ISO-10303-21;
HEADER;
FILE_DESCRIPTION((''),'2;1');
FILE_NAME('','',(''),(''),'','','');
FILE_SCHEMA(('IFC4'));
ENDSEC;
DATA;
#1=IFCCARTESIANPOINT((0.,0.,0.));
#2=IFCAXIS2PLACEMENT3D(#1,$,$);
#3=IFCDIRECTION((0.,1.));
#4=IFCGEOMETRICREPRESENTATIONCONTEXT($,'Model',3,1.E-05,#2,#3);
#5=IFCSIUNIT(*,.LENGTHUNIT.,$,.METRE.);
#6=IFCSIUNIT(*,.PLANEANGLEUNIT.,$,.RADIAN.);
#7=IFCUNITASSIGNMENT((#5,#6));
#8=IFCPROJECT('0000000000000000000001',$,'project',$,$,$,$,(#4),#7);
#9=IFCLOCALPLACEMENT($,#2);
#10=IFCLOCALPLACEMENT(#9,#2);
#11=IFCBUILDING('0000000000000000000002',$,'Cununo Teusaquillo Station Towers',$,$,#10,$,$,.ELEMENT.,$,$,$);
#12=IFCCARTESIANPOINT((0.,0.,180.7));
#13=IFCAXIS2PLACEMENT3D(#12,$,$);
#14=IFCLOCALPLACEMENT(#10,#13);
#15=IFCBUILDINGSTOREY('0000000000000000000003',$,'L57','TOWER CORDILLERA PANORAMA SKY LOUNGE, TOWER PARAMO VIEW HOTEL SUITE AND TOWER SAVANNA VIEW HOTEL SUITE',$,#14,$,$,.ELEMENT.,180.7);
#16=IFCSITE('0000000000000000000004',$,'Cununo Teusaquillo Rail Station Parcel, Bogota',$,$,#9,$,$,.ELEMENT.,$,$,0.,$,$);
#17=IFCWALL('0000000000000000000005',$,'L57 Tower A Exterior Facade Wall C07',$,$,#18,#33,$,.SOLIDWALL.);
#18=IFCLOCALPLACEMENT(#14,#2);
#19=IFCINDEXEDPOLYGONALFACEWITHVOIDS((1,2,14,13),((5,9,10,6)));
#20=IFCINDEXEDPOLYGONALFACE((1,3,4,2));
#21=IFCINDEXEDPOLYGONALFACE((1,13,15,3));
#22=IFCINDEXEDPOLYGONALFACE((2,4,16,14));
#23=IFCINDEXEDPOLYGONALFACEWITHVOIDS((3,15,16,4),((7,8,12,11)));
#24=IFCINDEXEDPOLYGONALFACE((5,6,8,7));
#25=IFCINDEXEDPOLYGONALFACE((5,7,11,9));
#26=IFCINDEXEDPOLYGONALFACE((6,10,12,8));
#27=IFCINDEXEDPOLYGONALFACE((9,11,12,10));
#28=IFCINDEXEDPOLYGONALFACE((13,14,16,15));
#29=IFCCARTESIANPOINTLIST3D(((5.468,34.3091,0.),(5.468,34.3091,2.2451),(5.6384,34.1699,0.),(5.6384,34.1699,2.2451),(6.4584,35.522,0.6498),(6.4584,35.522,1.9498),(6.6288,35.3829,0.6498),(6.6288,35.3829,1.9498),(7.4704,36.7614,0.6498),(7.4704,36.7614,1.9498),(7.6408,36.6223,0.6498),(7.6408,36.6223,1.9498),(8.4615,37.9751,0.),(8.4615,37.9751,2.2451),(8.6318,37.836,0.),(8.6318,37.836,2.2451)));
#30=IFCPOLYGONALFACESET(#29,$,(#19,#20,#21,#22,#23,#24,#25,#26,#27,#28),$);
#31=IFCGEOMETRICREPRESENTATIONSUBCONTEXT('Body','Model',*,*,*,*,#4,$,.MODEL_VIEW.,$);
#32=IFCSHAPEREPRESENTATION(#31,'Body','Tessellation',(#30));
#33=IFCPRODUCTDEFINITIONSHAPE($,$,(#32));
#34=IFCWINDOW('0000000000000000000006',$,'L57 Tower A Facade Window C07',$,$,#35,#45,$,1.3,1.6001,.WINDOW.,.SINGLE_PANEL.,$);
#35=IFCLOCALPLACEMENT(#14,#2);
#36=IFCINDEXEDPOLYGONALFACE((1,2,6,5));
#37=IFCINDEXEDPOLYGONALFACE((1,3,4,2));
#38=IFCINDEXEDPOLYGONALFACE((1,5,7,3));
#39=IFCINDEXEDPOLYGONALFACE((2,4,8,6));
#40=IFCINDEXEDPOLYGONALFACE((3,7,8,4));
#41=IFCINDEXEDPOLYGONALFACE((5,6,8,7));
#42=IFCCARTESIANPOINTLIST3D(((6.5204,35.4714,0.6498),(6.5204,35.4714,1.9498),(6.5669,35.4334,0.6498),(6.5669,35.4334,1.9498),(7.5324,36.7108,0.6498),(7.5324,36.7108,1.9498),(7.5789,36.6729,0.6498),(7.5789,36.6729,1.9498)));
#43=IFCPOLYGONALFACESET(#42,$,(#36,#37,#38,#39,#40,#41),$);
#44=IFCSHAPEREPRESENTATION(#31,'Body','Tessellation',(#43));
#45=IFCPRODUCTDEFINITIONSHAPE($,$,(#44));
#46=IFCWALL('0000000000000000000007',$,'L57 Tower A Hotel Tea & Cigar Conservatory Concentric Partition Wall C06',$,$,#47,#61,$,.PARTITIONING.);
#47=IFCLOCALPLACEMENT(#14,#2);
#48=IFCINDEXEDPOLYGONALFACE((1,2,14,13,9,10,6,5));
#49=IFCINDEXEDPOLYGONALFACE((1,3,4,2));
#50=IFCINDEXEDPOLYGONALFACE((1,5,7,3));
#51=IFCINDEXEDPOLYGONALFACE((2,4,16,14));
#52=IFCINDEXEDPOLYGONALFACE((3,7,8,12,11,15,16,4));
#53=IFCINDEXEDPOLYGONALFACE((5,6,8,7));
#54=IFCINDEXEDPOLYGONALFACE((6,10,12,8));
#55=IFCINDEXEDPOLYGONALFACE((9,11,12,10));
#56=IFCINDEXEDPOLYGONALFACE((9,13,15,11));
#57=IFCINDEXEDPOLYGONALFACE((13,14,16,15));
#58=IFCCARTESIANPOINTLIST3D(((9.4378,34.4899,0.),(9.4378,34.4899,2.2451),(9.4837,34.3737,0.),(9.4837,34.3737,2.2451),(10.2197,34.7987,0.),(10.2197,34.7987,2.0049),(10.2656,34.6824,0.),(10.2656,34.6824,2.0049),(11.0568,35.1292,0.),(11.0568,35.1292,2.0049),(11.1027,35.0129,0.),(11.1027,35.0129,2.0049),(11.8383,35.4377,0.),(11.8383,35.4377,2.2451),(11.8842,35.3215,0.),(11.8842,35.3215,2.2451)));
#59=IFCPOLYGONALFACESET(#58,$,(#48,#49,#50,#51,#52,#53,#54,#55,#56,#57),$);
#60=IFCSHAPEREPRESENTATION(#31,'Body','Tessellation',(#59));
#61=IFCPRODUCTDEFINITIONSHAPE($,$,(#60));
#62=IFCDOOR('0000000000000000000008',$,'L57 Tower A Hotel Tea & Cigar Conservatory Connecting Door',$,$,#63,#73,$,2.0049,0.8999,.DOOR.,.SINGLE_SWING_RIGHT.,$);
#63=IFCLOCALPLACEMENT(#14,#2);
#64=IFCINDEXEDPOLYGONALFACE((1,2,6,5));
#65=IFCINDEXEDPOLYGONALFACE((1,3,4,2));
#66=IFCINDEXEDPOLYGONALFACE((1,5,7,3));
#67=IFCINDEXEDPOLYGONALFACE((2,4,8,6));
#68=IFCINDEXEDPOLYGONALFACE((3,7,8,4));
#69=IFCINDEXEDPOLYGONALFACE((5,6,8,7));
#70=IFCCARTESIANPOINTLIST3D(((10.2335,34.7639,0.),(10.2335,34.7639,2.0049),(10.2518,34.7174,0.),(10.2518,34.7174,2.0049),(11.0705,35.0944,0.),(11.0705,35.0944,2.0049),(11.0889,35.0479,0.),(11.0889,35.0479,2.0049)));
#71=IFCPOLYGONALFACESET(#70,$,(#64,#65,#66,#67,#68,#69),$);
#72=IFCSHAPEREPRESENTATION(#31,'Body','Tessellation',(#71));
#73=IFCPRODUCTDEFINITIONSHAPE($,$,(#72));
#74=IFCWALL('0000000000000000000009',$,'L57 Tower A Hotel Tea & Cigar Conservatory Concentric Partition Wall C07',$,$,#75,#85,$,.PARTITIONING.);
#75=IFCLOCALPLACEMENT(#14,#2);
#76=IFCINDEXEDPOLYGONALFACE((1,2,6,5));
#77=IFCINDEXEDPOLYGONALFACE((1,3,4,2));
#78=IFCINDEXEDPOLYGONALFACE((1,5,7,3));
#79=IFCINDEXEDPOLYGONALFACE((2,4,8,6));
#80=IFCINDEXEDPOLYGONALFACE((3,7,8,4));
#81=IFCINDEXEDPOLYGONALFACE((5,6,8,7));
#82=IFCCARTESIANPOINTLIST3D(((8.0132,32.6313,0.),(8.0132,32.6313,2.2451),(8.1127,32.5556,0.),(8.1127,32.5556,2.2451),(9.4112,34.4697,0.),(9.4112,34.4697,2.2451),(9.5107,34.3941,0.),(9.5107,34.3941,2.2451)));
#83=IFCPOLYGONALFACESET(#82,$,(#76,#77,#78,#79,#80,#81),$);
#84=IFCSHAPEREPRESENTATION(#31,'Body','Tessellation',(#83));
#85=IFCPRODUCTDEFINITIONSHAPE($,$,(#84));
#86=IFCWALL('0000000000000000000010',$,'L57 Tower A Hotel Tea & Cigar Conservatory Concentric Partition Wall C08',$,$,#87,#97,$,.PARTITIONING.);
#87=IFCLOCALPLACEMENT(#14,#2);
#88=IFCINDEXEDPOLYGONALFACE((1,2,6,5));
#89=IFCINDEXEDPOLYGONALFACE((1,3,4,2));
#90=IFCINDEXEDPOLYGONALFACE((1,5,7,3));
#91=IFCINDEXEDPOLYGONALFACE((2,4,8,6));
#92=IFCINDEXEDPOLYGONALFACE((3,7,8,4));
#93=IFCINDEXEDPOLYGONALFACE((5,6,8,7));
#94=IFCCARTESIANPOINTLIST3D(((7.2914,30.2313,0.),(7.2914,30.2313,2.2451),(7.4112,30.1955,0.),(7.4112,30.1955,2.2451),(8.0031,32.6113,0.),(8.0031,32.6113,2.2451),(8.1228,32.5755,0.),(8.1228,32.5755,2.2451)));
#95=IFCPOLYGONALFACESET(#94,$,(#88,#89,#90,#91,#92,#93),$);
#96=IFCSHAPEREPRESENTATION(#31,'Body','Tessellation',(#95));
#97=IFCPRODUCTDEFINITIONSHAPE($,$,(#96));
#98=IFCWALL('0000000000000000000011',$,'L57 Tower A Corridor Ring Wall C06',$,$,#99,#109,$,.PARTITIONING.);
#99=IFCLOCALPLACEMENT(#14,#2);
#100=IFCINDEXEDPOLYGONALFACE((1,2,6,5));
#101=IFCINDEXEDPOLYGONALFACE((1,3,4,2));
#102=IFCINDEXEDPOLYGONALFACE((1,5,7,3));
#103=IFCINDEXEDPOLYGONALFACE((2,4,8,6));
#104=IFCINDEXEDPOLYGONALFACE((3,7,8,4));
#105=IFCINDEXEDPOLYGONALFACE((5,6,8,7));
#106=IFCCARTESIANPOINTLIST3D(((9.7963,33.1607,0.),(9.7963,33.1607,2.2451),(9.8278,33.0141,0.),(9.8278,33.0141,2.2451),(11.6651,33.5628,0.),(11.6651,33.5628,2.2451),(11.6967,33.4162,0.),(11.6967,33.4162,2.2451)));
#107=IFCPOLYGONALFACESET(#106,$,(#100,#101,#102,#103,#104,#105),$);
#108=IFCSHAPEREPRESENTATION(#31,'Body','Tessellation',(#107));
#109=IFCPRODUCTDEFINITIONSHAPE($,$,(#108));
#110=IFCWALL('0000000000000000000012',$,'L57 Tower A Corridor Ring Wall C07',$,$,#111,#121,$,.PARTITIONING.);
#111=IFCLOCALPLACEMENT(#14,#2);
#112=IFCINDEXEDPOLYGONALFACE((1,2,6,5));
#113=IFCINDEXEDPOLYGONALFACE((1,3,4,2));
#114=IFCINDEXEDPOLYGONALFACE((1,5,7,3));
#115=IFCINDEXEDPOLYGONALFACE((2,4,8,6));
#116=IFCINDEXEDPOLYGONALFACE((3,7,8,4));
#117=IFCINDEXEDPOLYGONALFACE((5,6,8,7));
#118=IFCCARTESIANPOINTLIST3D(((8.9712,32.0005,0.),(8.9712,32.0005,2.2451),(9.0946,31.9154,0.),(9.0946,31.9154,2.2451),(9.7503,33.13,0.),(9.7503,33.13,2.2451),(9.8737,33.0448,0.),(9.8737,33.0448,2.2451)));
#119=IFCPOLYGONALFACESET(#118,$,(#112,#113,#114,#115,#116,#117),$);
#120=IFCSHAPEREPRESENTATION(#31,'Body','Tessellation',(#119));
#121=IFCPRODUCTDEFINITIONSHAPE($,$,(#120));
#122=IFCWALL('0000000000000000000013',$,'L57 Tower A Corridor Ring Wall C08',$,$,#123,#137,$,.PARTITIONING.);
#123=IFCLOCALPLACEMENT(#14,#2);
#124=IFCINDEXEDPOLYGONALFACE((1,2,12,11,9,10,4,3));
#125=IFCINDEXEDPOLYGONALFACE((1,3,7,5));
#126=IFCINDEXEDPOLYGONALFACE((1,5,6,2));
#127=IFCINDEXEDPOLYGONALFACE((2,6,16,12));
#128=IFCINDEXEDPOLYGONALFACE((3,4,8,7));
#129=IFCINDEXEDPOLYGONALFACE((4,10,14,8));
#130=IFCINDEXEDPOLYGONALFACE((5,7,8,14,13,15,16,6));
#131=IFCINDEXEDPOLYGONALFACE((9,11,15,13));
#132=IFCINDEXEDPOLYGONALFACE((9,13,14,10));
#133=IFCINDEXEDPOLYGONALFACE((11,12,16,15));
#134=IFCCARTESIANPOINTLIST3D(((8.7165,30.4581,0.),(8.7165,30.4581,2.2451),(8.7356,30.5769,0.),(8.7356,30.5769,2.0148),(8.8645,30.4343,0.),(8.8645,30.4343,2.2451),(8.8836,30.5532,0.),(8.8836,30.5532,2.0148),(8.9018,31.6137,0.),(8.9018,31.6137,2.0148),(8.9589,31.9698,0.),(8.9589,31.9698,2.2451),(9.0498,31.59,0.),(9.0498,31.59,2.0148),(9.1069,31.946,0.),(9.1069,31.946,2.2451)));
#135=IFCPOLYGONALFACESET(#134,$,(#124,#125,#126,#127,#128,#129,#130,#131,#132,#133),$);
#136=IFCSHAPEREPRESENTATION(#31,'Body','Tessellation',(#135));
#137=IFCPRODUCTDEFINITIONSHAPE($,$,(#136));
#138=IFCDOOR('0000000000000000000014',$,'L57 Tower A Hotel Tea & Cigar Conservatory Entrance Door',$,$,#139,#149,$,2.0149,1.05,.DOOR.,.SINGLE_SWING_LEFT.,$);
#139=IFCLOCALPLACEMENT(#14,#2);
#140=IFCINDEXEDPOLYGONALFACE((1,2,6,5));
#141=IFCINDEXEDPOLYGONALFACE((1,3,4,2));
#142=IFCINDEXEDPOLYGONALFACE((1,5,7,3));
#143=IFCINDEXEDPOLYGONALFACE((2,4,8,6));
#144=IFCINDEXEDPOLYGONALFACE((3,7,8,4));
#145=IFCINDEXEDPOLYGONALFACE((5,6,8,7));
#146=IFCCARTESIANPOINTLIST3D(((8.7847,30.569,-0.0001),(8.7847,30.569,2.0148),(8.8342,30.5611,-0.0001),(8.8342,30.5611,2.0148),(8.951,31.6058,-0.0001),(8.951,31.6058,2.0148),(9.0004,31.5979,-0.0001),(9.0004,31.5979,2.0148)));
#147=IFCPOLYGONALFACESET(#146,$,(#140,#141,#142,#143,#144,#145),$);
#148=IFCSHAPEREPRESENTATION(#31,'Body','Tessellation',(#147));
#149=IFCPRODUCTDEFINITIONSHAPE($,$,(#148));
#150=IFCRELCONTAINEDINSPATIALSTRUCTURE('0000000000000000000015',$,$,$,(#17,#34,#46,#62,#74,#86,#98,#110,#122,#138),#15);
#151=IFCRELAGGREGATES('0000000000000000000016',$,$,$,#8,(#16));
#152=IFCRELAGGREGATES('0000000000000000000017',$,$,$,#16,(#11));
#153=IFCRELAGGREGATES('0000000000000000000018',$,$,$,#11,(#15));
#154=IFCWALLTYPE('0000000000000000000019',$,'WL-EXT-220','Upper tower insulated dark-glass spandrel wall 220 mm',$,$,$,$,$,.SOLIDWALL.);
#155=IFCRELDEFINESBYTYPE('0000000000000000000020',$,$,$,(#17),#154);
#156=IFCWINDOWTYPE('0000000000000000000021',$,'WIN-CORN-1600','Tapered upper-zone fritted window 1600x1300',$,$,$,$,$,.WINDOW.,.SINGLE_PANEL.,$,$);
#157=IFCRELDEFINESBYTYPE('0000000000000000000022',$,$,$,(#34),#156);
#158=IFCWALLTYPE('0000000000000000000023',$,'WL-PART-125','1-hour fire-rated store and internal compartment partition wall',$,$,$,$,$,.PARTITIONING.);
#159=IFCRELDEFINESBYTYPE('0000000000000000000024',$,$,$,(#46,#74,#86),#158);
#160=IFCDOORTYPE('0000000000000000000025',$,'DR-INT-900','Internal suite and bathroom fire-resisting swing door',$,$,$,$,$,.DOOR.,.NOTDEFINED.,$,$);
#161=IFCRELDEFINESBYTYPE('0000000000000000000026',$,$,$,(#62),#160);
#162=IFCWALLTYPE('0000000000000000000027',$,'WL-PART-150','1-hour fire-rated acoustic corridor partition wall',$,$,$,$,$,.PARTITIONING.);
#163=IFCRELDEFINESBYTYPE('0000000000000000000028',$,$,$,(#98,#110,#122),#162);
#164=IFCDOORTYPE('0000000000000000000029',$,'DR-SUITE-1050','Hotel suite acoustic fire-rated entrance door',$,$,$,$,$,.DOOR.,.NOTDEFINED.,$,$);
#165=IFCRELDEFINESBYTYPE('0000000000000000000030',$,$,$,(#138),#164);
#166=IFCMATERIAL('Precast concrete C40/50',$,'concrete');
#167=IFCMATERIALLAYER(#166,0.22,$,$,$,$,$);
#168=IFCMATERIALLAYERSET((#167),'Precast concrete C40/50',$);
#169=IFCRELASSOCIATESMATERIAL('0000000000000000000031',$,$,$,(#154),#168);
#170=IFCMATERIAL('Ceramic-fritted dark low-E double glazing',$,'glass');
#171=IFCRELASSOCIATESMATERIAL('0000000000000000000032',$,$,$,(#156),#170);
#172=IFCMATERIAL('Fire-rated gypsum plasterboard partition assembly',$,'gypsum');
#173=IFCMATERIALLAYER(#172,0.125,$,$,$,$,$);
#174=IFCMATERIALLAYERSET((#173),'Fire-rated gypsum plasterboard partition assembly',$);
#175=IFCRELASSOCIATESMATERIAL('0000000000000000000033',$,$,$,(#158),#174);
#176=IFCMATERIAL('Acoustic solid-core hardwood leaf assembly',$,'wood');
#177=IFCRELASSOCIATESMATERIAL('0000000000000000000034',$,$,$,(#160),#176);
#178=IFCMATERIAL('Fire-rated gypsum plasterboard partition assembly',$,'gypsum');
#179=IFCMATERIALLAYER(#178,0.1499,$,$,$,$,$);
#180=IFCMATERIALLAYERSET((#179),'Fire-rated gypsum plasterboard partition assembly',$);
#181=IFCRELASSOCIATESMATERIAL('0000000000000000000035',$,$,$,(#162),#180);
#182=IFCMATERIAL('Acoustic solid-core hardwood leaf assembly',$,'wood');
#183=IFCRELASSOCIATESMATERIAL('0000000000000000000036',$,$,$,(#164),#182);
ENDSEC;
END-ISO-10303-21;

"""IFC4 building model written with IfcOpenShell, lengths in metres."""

from ifc_helpers import new_model, si_unit, direction, frame, frame_2d, origin, place, context, subcontext, project, spatial, rectangle, extrude, source, transform, mapped, material, layer, layer_set, type_object, element, fill, save


model = new_model("IFC4")

# Units and contexts
model_context = context("Model", 3, precision=1e-05, world=origin(), true_north=direction((0.0, 1.0)))
body_context = subcontext(model_context, "Body", "Model", "MODEL_VIEW")
ifc_project = project(units=[si_unit("LENGTHUNIT", "METRE"), si_unit("PLANEANGLEUNIT", "RADIAN")], contexts=[model_context])

# Site, building, storey
site_placement = place(None, origin())
site = spatial("IfcSite", under=ifc_project, at=site_placement, Name="Cununo Teusaquillo Rail Station Parcel, Bogota", CompositionType="ELEMENT", RefElevation=0.0)
building_placement = place(site_placement, origin())
building = spatial("IfcBuilding", under=site, at=building_placement, Name="Cununo Teusaquillo Station Towers", CompositionType="ELEMENT")
storey_placement = place(building_placement, frame((0.0, 0.0, 180.7)))
storey = spatial("IfcBuildingStorey", under=building, at=storey_placement, Name="L57", Description="TOWER CORDILLERA PANORAMA SKY LOUNGE, TOWER PARAMO VIEW HOTEL SUITE AND TOWER SAVANNA VIEW HOTEL SUITE", CompositionType="ELEMENT", Elevation=180.7)

# Shared definitions
ifc_material_1 = material(Name="Precast concrete C40/50", Category="concrete")
ifc_layer_1 = layer(ifc_material_1, 0.22)
ifc_layer_set_1 = layer_set([ifc_layer_1], Name="Precast concrete C40/50")
wall_type_1 = type_object("IfcWallType", Name="WL-EXT-220", Description="Upper tower insulated dark-glass spandrel wall 220 mm", PredefinedType="SOLIDWALL", material=ifc_layer_set_1)

# Wall, opening, window
wall_1_placement = place(storey_placement, frame((5.5532, 34.2395, 0.0), z_axis=(0.0, 0.0, 1.0), x_axis=(0.632471, 0.774584, 0.0)))
wall_1 = element("IfcWall", 1, at=wall_1_placement, inside=storey, type_object=wall_type_1, Name="L57 Tower A Exterior Facade Wall C07", PredefinedType="SOLIDWALL", context=body_context, shape_type="SweptSolid", body=[
    extrude(rectangle(XDim=4.7329, YDim=0.22, at=frame_2d((2.3665, 0.0))), origin(), (0.0, 0.0, 1.0), 2.2451),
])
shared_shape_1 = source(origin(), body_context, "Body", "SweptSolid", [
    extrude(rectangle(XDim=1.6001, YDim=1.3, at=frame_2d((0.8, 0.6499))), frame((0.0, 0.1199, 0.0), z_axis=(0.0, -1.0, 0.0), x_axis=(1.0, 0.0, 0.0)), (0.0, 0.0, 1.0), 0.24),
])
opening_1_placement = place(wall_1_placement, frame((1.5659, 0.0, 0.6499)))
opening_1 = element("IfcOpeningElement", 2, at=opening_1_placement, cuts=wall_1, PredefinedType="OPENING", context=body_context, shape_type="MappedRepresentation", body=[
    mapped(shared_shape_1, transform((0.0, 0.0, 0.0), x_axis=(1.0, 0.0, 0.0), y_axis=(0.0, 1.0, 0.0), z_axis=(0.0, 0.0, 1.0), scale=1.0)),
])
ifc_material_2 = material(Name="Ceramic-fritted dark low-E double glazing", Category="glass")
window_type = type_object("IfcWindowType", Name="WIN-CORN-1600", Description="Tapered upper-zone fritted window 1600x1300", PartitioningType="SINGLE_PANEL", PredefinedType="WINDOW", material=ifc_material_2)
shared_shape_2 = source(origin(), body_context, "Body", "SweptSolid", [
    extrude(rectangle(XDim=1.6001, YDim=1.3, at=frame_2d((0.8, 0.6499))), frame((0.0, 0.03, 0.0), z_axis=(0.0, -1.0, 0.0), x_axis=(1.0, 0.0, 0.0)), (0.0, 0.0, 1.0), 0.0601),
])
window_placement = place(opening_1_placement, origin())
window = element("IfcWindow", 3, at=window_placement, inside=storey, type_object=window_type, Name="L57 Tower A Facade Window C07", OverallHeight=1.3, OverallWidth=1.6001, PartitioningType="SINGLE_PANEL", PredefinedType="WINDOW", context=body_context, shape_type="MappedRepresentation", body=[
    mapped(shared_shape_2, transform((0.0, 0.0, 0.0), x_axis=(1.0, 0.0, 0.0), y_axis=(0.0, 1.0, 0.0), z_axis=(0.0, 0.0, 1.0), scale=1.0)),
])
fill(opening_1, window)

# Wall, opening, door
ifc_material_3 = material(Name="Fire-rated gypsum plasterboard partition assembly", Category="gypsum")
ifc_layer_2 = layer(ifc_material_3, 0.125)
ifc_layer_set_2 = layer_set([ifc_layer_2], Name="Fire-rated gypsum plasterboard partition assembly")
wall_type_2 = type_object("IfcWallType", Name="WL-PART-125", Description="1-hour fire-rated store and internal compartment partition wall", PredefinedType="PARTITIONING", material=ifc_layer_set_2)
wall_2_placement = place(storey_placement, frame((11.8613, 35.3796, 0.0), z_axis=(0.0, 0.0, 1.0), x_axis=(-0.930125, -0.367244, 0.0)))
wall_2 = element("IfcWall", 4, at=wall_2_placement, inside=storey, type_object=wall_type_2, Name="L57 Tower A Hotel Tea & Cigar Conservatory Concentric Partition Wall C06", PredefinedType="PARTITIONING", context=body_context, shape_type="SweptSolid", body=[
    extrude(rectangle(XDim=2.5808, YDim=0.125, at=frame_2d((1.2905, 0.0))), origin(), (0.0, 0.0, 1.0), 2.2451),
])
shared_shape_3 = source(origin(), body_context, "Body", "SweptSolid", [
    extrude(rectangle(XDim=0.8999, YDim=2.0049, at=frame_2d((0.45, 1.0024))), frame((0.0, 0.0725, 0.0), z_axis=(0.0, -1.0, 0.0), x_axis=(1.0, 0.0, 0.0)), (0.0, 0.0, 1.0), 0.145),
])
opening_2_placement = place(wall_2_placement, frame((0.8403, 0.0, 0.0)))
opening_2 = element("IfcOpeningElement", 5, at=opening_2_placement, cuts=wall_2, PredefinedType="OPENING", context=body_context, shape_type="MappedRepresentation", body=[
    mapped(shared_shape_3, transform((0.0, 0.0, 0.0), x_axis=(1.0, 0.0, 0.0), y_axis=(0.0, 1.0, 0.0), z_axis=(0.0, 0.0, 1.0), scale=1.0)),
])
ifc_material_4 = material(Name="Acoustic solid-core hardwood leaf assembly", Category="wood")
door_type_1 = type_object("IfcDoorType", Name="DR-INT-900", Description="Internal suite and bathroom fire-resisting swing door", OperationType="NOTDEFINED", PredefinedType="DOOR", material=ifc_material_4)
shared_shape_4 = source(origin(), body_context, "Body", "SweptSolid", [
    extrude(rectangle(XDim=0.8999, YDim=2.0049, at=frame_2d((0.45, 1.0024))), frame((0.0, 0.0249, 0.0), z_axis=(0.0, -1.0, 0.0), x_axis=(1.0, 0.0, 0.0)), (0.0, 0.0, 1.0), 0.05),
])
door_1_placement = place(opening_2_placement, origin())
door_1 = element("IfcDoor", 6, at=door_1_placement, inside=storey, type_object=door_type_1, Name="L57 Tower A Hotel Tea & Cigar Conservatory Connecting Door", OperationType="SINGLE_SWING_RIGHT", OverallHeight=2.0049, OverallWidth=0.8999, PredefinedType="DOOR", context=body_context, shape_type="MappedRepresentation", body=[
    mapped(shared_shape_4, transform((0.0, 0.0, 0.0), x_axis=(1.0, 0.0, 0.0), y_axis=(0.0, 1.0, 0.0), z_axis=(0.0, 0.0, 1.0), scale=1.0)),
])
fill(opening_2, door_1)

# Walls
wall_3_placement = place(storey_placement, frame((9.4609, 34.4319, 0.0), z_axis=(0.0, 0.0, 1.0), x_axis=(-0.605298, -0.795999, 0.0)))
element("IfcWall", 7, at=wall_3_placement, inside=storey, type_object=wall_type_2, Name="L57 Tower A Hotel Tea & Cigar Conservatory Concentric Partition Wall C07", PredefinedType="PARTITIONING", context=body_context, shape_type="SweptSolid", body=[
    extrude(rectangle(XDim=2.3096, YDim=0.125, at=frame_2d((1.1548, 0.0))), origin(), (0.0, 0.0, 1.0), 2.2451),
])
wall_4_placement = place(storey_placement, frame((8.063, 32.5935, 0.0), z_axis=(0.0, 0.0, 1.0), x_axis=(-0.286473, -0.958088, 0.0)))
element("IfcWall", 8, at=wall_4_placement, inside=storey, type_object=wall_type_2, Name="L57 Tower A Hotel Tea & Cigar Conservatory Concentric Partition Wall C08", PredefinedType="PARTITIONING", context=body_context, shape_type="SweptSolid", body=[
    extrude(rectangle(XDim=2.4841, YDim=0.125, at=frame_2d((1.2422, 0.0))), origin(), (0.0, 0.0, 1.0), 2.2451),
])
ifc_material_5 = material(Name="Fire-rated gypsum plasterboard partition assembly", Category="gypsum")
ifc_layer_3 = layer(ifc_material_5, 0.1499)
ifc_layer_set_3 = layer_set([ifc_layer_3], Name="Fire-rated gypsum plasterboard partition assembly")
wall_type_3 = type_object("IfcWallType", Name="WL-PART-150", Description="1-hour fire-rated acoustic corridor partition wall", PredefinedType="PARTITIONING", material=ifc_layer_set_3)
wall_5_placement = place(storey_placement, frame((11.6809, 33.4895, 0.0), z_axis=(0.0, 0.0, 1.0), x_axis=(-0.977628, -0.21034, 0.0)))
element("IfcWall", 9, at=wall_5_placement, inside=storey, type_object=wall_type_3, Name="L57 Tower A Corridor Ring Wall C06", PredefinedType="PARTITIONING", context=body_context, shape_type="SweptSolid", body=[
    extrude(rectangle(XDim=1.9116, YDim=0.1499, at=frame_2d((0.9558, 0.0))), origin(), (0.0, 0.0, 1.0), 2.2451),
])
wall_6_placement = place(storey_placement, frame((9.812, 33.0874, 0.0), z_axis=(0.0, 0.0, 1.0), x_axis=(-0.567812, -0.823158, 0.0)))
element("IfcWall", 10, at=wall_6_placement, inside=storey, type_object=wall_type_3, Name="L57 Tower A Corridor Ring Wall C07", PredefinedType="PARTITIONING", context=body_context, shape_type="SweptSolid", body=[
    extrude(rectangle(XDim=1.3721, YDim=0.1499, at=frame_2d((0.686, 0.0))), origin(), (0.0, 0.0, 1.0), 2.2451),
])

# Wall, opening, door
wall_7_placement = place(storey_placement, frame((9.033, 31.958, 0.0), z_axis=(0.0, 0.0, 1.0), x_axis=(-0.158345, -0.987384, 0.0)))
wall_7 = element("IfcWall", 11, at=wall_7_placement, inside=storey, type_object=wall_type_3, Name="L57 Tower A Corridor Ring Wall C08", PredefinedType="PARTITIONING", context=body_context, shape_type="SweptSolid", body=[
    extrude(rectangle(XDim=1.531, YDim=0.1499, at=frame_2d((0.7656, 0.0))), origin(), (0.0, 0.0, 1.0), 2.2451),
])
shared_shape_5 = source(origin(), body_context, "Body", "SweptSolid", [
    extrude(rectangle(XDim=1.05, YDim=2.0149, at=frame_2d((0.5249, 1.0073))), frame((0.0, 0.085, 0.0), z_axis=(0.0, -1.0, 0.0), x_axis=(1.0, 0.0, 0.0)), (0.0, 0.0, 1.0), 0.1699),
])
opening_3_placement = place(wall_7_placement, frame((0.3608, 0.0, 0.0)))
opening_3 = element("IfcOpeningElement", 12, at=opening_3_placement, cuts=wall_7, PredefinedType="OPENING", context=body_context, shape_type="MappedRepresentation", body=[
    mapped(shared_shape_5, transform((0.0, 0.0, 0.0), x_axis=(1.0, 0.0, 0.0), y_axis=(0.0, 1.0, 0.0), z_axis=(0.0, 0.0, 1.0), scale=1.0)),
])
ifc_material_6 = material(Name="Acoustic solid-core hardwood leaf assembly", Category="wood")
door_type_2 = type_object("IfcDoorType", Name="DR-SUITE-1050", Description="Hotel suite acoustic fire-rated entrance door", OperationType="NOTDEFINED", PredefinedType="DOOR", material=ifc_material_6)
shared_shape_6 = source(origin(), body_context, "Body", "SweptSolid", [
    extrude(rectangle(XDim=1.05, YDim=2.0149, at=frame_2d((0.5249, 1.0073))), frame((0.0, 0.0249, 0.0), z_axis=(0.0, -1.0, 0.0), x_axis=(1.0, 0.0, 0.0)), (0.0, 0.0, 1.0), 0.05),
])
door_2_placement = place(opening_3_placement, origin())
door_2 = element("IfcDoor", 13, at=door_2_placement, inside=storey, type_object=door_type_2, Name="L57 Tower A Hotel Tea & Cigar Conservatory Entrance Door", OperationType="SINGLE_SWING_LEFT", OverallHeight=2.0149, OverallWidth=1.05, PredefinedType="DOOR", context=body_context, shape_type="MappedRepresentation", body=[
    mapped(shared_shape_6, transform((0.0, 0.0, 0.0), x_axis=(1.0, 0.0, 0.0), y_axis=(0.0, 1.0, 0.0), z_axis=(0.0, 0.0, 1.0), scale=1.0)),
])
fill(opening_3, door_2)

save(model, "model.ifc")
